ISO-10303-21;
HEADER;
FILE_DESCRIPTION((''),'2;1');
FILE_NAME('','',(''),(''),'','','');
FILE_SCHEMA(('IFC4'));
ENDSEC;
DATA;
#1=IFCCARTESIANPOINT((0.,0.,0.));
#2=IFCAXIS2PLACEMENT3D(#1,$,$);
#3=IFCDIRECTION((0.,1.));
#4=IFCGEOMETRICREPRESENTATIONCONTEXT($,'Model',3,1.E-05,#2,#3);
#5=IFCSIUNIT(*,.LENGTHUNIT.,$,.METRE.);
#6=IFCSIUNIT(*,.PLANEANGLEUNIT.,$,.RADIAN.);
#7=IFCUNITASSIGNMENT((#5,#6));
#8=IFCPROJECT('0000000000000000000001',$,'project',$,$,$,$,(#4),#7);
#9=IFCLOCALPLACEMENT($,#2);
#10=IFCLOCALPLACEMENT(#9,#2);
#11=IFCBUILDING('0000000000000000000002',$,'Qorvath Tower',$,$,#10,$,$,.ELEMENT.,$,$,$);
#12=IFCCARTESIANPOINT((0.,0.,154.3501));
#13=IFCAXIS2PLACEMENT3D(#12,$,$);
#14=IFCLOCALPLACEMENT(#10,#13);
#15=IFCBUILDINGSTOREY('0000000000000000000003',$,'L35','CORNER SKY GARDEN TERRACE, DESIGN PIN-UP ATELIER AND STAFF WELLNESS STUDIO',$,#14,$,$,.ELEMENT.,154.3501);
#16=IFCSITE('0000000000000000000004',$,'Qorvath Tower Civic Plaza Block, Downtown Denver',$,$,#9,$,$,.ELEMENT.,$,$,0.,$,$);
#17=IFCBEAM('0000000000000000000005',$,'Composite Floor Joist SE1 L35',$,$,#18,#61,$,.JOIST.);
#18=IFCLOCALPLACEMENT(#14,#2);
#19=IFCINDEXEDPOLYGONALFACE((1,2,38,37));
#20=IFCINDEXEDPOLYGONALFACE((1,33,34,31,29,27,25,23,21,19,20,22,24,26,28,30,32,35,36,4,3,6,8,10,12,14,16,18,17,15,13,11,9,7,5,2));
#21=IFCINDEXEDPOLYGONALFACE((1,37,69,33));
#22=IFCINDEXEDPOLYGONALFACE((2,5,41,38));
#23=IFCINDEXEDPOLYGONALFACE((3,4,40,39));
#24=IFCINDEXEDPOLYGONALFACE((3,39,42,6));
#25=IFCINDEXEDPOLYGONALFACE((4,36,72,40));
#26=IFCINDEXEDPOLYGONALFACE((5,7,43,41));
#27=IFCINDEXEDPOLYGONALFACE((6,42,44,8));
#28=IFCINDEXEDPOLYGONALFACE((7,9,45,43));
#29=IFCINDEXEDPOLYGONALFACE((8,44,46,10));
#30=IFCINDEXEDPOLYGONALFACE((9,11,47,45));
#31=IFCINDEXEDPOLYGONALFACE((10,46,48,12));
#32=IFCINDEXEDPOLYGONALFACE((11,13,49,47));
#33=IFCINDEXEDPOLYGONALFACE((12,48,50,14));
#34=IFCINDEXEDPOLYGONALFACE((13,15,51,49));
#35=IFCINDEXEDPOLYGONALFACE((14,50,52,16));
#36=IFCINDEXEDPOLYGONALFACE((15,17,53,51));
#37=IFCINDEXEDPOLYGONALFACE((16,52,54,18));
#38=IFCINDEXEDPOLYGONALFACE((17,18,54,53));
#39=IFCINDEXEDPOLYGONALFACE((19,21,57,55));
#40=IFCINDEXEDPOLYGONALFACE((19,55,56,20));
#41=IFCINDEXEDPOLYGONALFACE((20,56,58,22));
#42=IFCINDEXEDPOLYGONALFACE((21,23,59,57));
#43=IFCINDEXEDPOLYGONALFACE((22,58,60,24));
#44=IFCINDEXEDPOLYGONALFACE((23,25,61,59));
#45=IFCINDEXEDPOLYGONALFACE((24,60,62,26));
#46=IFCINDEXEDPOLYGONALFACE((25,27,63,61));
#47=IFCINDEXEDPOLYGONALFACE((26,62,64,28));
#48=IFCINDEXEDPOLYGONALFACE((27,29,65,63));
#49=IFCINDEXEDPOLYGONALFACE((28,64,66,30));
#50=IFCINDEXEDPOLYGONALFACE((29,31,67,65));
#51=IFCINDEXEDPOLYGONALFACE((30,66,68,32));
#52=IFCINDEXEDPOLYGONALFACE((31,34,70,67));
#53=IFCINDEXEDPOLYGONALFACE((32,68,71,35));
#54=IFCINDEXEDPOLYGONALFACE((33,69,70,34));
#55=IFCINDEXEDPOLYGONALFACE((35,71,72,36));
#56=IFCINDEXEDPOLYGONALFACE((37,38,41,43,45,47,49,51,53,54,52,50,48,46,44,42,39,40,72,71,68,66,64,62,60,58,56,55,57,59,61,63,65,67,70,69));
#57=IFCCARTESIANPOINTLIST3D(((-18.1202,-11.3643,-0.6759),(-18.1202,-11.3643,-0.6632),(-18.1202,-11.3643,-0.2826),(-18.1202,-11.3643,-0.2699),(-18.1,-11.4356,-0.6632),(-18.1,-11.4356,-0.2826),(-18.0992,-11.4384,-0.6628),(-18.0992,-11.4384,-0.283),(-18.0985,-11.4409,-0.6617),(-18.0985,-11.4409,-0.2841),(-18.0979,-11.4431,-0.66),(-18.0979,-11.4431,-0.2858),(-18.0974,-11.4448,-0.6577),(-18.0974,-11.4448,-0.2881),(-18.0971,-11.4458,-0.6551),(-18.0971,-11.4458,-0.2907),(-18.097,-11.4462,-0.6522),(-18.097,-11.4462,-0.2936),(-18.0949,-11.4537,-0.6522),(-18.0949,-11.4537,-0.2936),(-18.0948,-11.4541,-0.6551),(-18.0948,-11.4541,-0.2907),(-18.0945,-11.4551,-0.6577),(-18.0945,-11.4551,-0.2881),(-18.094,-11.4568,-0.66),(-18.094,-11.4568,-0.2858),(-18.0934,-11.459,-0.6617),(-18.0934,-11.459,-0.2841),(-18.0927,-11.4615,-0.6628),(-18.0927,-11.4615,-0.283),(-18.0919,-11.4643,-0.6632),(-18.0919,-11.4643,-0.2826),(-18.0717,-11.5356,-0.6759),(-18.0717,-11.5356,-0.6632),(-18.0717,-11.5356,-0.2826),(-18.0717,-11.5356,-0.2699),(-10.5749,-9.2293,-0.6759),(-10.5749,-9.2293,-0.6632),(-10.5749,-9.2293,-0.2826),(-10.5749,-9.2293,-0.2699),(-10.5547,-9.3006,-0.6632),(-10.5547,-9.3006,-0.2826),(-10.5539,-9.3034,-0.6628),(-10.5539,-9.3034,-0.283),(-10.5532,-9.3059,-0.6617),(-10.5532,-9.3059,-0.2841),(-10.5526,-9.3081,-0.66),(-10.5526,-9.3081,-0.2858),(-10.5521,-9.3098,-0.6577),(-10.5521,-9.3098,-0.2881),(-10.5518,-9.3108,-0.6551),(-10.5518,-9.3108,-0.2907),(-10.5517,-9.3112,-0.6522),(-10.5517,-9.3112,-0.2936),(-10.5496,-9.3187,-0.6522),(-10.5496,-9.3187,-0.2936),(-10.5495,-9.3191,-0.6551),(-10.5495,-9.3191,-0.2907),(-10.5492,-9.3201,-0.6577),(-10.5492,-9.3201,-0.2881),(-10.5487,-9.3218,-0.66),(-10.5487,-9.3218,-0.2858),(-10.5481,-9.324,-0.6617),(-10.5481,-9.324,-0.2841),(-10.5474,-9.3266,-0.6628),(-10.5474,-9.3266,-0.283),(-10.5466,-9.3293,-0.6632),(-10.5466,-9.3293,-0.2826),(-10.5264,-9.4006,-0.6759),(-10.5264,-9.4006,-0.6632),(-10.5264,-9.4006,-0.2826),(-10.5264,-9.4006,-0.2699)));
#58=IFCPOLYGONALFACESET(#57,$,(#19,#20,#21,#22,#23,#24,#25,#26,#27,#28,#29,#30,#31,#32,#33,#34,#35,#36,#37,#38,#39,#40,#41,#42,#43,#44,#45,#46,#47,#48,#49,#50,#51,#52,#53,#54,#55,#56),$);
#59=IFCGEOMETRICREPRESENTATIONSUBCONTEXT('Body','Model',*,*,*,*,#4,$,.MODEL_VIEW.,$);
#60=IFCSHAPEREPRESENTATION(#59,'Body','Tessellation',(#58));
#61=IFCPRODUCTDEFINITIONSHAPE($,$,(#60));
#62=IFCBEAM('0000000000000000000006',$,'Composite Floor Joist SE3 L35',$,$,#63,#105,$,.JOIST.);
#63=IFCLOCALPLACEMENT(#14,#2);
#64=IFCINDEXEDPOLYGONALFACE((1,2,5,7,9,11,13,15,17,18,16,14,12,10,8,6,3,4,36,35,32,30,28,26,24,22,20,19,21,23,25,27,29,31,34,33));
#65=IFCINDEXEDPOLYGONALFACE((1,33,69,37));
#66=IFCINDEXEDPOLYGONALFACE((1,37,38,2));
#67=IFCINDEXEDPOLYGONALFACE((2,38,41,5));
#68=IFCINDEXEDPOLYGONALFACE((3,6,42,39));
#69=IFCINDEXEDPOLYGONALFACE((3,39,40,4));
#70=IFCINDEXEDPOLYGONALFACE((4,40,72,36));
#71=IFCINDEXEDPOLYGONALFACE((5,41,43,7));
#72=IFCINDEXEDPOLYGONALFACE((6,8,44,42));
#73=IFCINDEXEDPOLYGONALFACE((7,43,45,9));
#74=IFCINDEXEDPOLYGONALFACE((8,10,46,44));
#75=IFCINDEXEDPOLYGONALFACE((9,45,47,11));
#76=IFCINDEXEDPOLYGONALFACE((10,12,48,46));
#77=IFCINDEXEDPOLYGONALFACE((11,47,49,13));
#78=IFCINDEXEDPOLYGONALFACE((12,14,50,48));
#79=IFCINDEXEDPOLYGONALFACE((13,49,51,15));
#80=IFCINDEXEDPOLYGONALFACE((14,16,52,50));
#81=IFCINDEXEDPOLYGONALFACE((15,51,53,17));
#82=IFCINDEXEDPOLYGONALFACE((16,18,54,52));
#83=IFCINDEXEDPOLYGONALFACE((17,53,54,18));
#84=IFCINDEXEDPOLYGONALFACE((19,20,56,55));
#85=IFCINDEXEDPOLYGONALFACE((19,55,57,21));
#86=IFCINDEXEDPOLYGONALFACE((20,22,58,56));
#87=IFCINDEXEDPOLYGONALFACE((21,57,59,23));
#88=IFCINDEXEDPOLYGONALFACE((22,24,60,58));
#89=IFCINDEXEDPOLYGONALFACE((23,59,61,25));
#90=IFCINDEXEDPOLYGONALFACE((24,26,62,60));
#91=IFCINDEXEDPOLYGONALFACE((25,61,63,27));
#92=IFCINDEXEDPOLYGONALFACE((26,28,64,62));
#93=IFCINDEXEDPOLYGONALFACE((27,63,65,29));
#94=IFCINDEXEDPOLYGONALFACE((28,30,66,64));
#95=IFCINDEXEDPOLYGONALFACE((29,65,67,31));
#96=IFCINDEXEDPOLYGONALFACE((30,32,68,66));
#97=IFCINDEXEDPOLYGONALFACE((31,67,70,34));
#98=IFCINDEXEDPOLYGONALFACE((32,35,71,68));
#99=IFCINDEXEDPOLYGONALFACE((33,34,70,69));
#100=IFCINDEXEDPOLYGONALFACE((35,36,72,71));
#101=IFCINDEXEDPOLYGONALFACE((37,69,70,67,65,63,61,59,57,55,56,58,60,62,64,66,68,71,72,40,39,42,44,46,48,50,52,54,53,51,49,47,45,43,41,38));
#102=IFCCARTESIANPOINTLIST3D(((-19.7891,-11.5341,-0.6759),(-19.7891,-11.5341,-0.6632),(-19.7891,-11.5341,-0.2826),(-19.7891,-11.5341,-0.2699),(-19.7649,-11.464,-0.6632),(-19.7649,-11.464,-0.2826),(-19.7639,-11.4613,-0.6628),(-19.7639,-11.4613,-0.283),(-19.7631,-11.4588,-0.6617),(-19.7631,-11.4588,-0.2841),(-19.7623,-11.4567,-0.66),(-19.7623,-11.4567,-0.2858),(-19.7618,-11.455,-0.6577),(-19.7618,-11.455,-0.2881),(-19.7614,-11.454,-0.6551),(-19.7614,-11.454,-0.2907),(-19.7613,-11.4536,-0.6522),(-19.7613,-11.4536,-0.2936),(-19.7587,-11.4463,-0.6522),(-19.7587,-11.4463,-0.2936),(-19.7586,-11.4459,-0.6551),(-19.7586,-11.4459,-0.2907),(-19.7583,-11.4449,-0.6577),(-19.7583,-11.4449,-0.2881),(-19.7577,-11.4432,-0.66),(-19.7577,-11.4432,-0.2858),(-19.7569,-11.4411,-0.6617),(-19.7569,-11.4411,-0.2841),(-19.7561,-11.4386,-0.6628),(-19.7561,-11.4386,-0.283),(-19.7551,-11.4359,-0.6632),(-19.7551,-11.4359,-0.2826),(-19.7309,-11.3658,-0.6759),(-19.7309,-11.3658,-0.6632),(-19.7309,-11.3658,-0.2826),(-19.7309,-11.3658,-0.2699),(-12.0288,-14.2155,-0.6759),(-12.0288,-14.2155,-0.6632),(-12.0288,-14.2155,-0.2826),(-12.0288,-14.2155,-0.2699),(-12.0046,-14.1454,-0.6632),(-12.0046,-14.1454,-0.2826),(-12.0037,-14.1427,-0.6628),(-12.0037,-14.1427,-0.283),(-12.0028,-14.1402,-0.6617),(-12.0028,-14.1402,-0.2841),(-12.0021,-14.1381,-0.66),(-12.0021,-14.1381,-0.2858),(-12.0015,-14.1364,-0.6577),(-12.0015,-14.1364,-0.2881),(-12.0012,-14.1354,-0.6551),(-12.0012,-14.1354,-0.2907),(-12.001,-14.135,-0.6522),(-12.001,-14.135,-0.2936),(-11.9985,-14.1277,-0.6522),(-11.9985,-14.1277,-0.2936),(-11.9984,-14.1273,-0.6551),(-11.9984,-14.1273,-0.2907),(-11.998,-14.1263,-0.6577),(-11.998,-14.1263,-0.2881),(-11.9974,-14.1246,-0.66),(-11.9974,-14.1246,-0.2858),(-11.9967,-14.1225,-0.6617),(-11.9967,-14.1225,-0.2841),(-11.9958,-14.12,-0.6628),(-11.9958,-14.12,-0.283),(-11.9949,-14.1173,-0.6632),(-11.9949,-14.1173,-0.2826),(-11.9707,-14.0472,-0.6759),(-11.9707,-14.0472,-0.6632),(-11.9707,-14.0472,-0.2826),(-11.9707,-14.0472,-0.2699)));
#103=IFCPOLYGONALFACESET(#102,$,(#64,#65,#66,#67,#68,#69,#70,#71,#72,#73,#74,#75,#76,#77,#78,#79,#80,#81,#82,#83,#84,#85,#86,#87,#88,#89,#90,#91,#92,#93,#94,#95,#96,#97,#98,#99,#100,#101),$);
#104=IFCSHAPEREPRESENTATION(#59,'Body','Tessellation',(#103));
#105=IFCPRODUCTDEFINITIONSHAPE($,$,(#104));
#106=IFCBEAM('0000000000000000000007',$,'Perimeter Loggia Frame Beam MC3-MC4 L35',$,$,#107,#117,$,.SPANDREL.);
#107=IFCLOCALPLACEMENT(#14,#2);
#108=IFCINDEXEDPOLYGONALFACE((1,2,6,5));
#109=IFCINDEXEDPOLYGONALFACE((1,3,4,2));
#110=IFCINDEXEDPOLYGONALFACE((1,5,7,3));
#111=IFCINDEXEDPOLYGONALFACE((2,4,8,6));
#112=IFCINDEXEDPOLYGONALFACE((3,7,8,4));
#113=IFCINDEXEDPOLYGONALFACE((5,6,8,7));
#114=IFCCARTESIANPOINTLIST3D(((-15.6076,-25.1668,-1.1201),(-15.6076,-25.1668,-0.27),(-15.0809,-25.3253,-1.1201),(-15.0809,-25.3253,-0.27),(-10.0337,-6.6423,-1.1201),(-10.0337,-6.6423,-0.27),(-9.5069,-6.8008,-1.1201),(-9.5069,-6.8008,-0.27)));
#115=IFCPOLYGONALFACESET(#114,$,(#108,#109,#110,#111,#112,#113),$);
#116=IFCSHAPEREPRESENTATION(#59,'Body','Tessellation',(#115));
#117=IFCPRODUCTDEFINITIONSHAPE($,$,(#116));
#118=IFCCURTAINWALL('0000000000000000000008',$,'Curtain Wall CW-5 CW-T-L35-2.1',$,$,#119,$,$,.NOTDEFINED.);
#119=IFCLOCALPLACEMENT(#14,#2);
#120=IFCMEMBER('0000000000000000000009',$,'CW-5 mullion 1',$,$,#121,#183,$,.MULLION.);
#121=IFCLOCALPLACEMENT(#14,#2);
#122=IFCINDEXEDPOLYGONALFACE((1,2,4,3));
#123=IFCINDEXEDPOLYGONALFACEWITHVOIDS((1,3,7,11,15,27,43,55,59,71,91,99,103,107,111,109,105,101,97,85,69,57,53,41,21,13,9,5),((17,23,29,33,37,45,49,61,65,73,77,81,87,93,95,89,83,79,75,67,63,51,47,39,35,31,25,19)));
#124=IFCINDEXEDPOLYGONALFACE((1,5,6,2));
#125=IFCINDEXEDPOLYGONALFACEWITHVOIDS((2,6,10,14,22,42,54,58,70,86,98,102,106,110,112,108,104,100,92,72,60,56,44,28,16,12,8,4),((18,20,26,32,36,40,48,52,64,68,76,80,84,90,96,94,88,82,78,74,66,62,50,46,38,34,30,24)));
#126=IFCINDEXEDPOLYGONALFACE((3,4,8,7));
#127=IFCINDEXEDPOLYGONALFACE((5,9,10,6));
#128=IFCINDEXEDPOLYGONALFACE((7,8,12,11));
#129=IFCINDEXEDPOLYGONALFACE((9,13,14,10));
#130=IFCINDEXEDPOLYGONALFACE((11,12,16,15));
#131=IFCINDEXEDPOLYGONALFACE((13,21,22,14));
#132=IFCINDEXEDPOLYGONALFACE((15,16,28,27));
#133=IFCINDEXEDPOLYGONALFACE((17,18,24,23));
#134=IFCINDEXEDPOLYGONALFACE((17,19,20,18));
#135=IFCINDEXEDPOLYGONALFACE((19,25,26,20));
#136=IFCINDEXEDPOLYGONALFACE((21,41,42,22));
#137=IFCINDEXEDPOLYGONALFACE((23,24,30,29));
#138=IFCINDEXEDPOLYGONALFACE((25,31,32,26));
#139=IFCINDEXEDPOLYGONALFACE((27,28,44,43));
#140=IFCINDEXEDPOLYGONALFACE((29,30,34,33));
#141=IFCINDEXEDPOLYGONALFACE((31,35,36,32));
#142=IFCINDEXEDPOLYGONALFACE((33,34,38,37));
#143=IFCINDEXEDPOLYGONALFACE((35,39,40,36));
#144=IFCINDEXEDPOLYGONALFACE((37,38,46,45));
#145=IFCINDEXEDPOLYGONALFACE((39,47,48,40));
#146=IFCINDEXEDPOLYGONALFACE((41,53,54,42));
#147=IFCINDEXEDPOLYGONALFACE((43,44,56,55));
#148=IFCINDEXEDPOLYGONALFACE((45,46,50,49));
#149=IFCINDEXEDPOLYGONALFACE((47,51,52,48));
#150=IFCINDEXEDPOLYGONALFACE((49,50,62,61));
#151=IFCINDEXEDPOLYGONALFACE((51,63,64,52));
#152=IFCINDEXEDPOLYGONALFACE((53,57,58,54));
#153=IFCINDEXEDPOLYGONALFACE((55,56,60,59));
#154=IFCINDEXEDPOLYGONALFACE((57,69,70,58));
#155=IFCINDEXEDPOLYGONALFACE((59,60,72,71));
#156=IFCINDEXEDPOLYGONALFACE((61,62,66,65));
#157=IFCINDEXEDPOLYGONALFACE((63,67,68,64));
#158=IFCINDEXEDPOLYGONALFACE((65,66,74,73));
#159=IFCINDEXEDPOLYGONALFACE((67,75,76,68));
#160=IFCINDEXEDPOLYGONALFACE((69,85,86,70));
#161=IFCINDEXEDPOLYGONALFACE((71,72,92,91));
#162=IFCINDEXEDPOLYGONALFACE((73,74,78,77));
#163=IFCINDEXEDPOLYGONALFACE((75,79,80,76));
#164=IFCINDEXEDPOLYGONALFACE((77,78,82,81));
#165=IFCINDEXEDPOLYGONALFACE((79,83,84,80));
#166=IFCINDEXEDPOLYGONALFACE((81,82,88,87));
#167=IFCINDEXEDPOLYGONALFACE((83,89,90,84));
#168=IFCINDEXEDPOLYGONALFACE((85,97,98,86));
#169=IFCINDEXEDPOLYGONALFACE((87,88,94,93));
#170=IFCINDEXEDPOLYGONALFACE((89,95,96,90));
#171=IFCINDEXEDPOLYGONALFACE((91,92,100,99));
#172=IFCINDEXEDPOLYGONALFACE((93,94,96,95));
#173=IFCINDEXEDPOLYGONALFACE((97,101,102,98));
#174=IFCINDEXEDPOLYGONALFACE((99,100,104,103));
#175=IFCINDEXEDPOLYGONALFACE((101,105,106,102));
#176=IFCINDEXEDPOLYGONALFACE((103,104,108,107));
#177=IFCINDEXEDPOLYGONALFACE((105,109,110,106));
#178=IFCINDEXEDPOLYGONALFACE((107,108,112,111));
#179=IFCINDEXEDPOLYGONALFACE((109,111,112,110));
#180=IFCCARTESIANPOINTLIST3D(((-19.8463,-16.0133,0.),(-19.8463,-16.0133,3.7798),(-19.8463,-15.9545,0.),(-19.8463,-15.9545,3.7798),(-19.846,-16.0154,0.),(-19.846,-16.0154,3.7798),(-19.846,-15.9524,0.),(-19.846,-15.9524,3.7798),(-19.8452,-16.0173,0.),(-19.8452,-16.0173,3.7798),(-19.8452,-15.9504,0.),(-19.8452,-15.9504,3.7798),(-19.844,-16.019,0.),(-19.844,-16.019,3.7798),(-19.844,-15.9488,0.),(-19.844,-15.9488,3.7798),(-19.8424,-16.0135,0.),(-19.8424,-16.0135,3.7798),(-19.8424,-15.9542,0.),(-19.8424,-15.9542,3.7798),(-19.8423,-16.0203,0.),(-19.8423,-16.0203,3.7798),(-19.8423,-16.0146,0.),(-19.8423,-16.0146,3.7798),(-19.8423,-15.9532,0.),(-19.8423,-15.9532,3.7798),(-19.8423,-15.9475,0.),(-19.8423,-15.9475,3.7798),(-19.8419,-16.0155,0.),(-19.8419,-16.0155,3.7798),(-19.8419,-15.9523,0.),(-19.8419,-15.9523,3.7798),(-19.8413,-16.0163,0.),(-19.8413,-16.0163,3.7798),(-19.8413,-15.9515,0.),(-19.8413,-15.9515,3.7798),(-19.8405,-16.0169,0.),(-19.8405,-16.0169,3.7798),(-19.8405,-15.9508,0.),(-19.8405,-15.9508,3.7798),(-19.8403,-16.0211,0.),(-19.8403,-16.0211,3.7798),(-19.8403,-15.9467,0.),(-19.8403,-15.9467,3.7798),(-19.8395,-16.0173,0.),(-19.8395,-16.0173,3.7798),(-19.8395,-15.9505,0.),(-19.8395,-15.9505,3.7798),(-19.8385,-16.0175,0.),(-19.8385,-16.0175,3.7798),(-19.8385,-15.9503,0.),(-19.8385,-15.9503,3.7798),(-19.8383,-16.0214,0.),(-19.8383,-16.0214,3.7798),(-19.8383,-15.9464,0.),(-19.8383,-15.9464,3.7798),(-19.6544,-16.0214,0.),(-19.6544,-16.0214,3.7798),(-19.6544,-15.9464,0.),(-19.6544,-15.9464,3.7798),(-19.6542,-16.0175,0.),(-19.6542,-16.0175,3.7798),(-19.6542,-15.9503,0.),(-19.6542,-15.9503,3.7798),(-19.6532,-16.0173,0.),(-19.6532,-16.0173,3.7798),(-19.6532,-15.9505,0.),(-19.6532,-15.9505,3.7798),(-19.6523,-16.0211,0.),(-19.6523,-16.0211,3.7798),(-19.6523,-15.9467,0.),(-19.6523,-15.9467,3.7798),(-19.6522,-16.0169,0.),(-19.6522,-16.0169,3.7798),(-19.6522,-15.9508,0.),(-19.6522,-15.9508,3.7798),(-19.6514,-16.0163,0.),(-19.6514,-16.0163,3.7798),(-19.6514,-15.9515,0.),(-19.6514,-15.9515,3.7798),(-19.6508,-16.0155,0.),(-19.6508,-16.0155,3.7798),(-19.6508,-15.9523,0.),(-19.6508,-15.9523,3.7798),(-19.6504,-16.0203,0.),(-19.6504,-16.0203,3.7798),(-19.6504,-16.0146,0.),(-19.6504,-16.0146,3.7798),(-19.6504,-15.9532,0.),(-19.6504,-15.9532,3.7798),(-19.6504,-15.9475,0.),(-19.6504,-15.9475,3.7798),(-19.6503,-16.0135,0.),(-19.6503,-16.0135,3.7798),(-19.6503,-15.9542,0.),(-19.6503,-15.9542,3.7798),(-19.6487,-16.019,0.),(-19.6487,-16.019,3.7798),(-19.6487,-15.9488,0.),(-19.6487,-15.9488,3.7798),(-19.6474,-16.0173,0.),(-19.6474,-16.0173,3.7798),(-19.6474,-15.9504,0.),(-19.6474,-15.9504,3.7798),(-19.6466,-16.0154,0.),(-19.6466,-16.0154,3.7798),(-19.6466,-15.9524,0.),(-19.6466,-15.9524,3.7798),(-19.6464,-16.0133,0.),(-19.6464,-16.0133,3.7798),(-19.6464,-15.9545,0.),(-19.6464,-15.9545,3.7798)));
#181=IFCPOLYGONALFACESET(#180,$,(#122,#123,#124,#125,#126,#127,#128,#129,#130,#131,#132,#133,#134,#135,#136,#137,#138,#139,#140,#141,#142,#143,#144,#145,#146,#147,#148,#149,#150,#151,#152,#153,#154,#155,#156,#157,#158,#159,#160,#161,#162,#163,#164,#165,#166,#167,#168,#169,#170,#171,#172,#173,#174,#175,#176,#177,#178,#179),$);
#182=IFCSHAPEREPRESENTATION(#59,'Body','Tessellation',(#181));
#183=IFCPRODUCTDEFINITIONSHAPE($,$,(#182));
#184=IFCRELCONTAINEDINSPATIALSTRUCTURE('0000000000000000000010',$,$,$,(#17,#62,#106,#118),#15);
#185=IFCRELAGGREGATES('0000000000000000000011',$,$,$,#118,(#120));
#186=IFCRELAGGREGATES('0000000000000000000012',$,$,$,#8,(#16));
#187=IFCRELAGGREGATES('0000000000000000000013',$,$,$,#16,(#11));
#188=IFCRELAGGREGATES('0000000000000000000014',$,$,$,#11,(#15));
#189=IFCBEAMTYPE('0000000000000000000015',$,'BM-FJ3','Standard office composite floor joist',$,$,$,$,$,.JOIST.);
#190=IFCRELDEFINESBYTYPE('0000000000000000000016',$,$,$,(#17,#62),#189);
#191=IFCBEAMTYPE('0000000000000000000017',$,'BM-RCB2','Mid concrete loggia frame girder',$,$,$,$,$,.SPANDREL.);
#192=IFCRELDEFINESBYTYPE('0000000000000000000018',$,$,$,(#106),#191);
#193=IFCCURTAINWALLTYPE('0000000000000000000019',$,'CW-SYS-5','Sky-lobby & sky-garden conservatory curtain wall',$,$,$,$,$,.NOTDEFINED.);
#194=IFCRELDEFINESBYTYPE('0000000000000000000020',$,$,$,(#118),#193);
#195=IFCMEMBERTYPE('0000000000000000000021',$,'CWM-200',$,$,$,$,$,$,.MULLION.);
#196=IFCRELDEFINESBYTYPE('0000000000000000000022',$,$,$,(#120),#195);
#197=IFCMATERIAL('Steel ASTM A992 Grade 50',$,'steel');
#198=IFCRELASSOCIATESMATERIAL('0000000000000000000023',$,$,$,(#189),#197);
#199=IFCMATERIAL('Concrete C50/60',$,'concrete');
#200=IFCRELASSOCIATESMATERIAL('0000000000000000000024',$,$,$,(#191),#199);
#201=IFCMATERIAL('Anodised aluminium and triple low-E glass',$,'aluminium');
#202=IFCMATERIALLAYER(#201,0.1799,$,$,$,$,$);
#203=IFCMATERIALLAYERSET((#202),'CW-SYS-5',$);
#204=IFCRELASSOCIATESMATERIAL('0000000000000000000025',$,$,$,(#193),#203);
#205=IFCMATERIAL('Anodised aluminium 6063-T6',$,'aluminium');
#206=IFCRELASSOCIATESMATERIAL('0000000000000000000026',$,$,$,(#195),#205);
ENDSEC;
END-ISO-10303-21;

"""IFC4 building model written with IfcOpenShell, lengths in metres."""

from ifc_helpers import new_model, si_unit, direction, frame, origin, origin_2d, place, context, subcontext, project, spatial, rectangle, hollow_rectangle, i_section, extrude, material, layer, layer_set, material_profile, profile_set, type_object, element, aggregate, save


model = new_model("IFC4")

# Units and contexts
model_context = context("Model", 3, precision=1e-05, world=origin(), true_north=direction((0.0, 1.0)))
body_context = subcontext(model_context, "Body", "Model", "MODEL_VIEW")
ifc_project = project(units=[si_unit("LENGTHUNIT", "METRE"), si_unit("PLANEANGLEUNIT", "RADIAN")], contexts=[model_context])

# Site, building, storey
site_placement = place(None, origin())
site = spatial("IfcSite", under=ifc_project, at=site_placement, Name="Qorvath Tower Civic Plaza Block, Downtown Denver", CompositionType="ELEMENT", RefElevation=0.0)
building_placement = place(site_placement, origin())
building = spatial("IfcBuilding", under=site, at=building_placement, Name="Qorvath Tower", CompositionType="ELEMENT")
storey_placement = place(building_placement, frame((0.0, 0.0, 154.3501)))
storey = spatial("IfcBuildingStorey", under=building, at=storey_placement, Name="L35", Description="CORNER SKY GARDEN TERRACE, DESIGN PIN-UP ATELIER AND STAFF WELLNESS STUDIO", CompositionType="ELEMENT", Elevation=154.3501)

# Beams
ifc_material_1 = material(Name="Steel ASTM A992 Grade 50", Category="steel")
ifc_material_profile_1 = material_profile(ifc_material_1, i_section(OverallWidth=0.178, OverallDepth=0.406, WebThickness=0.0078, FlangeThickness=0.0127, FilletRadius=0.011, at=origin_2d()), Name="W16x40")
ifc_profile_set_1 = profile_set([ifc_material_profile_1], Name="Steel ASTM A992 Grade 50")
beam_type_1 = type_object("IfcBeamType", Name="BM-FJ3", Description="Standard office composite floor joist", PredefinedType="JOIST", material=ifc_profile_set_1)
beam_1_placement = place(storey_placement, frame((-18.0959, -11.45, -0.4729), z_axis=(0.962222, 0.272265, 0.0), x_axis=(-0.272265, 0.962222, 0.0)))
element("IfcBeam", 1, at=beam_1_placement, inside=storey, type_object=beam_type_1, Name="Composite Floor Joist SE1 L35", PredefinedType="JOIST", context=body_context, shape_type="SweptSolid", body=[
    extrude(i_section(OverallWidth=0.178, OverallDepth=0.406, WebThickness=0.0078, FlangeThickness=0.0127, FilletRadius=0.011, at=origin_2d()), origin(), (0.0, 0.0, 1.0), 7.8416),
])
beam_2_placement = place(storey_placement, frame((-19.76, -11.45, -0.4729), z_axis=(0.945168, -0.326584, 0.0), x_axis=(0.326584, 0.945168, 0.0)))
element("IfcBeam", 2, at=beam_2_placement, inside=storey, type_object=beam_type_1, Name="Composite Floor Joist SE3 L35", PredefinedType="JOIST", context=body_context, shape_type="SweptSolid", body=[
    extrude(i_section(OverallWidth=0.178, OverallDepth=0.406, WebThickness=0.0078, FlangeThickness=0.0127, FilletRadius=0.011, at=origin_2d()), origin(), (0.0, 0.0, 1.0), 8.2104),
])
ifc_material_2 = material(Name="Concrete C50/60", Category="concrete")
ifc_material_profile_2 = material_profile(ifc_material_2, rectangle(XDim=0.55, YDim=0.8501, at=origin_2d()), Name="RCB 850x550")
ifc_profile_set_2 = profile_set([ifc_material_profile_2], Name="Concrete C50/60")
beam_type_2 = type_object("IfcBeamType", Name="BM-RCB2", Description="Mid concrete loggia frame girder", PredefinedType="SPANDREL", material=ifc_profile_set_2)
beam_3_placement = place(storey_placement, frame((-15.3442, -25.2461, -0.6951), z_axis=(0.288134, 0.95759, 0.0), x_axis=(-0.95759, 0.288134, 0.0)))
element("IfcBeam", 3, at=beam_3_placement, inside=storey, type_object=beam_type_2, Name="Perimeter Loggia Frame Beam MC3-MC4 L35", PredefinedType="SPANDREL", context=body_context, shape_type="SweptSolid", body=[
    extrude(rectangle(XDim=0.55, YDim=0.8501, at=origin_2d()), origin(), (0.0, 0.0, 1.0), 19.345),
])

# Curtain wall, member
ifc_material_3 = material(Name="Anodised aluminium and triple low-E glass", Category="aluminium")
ifc_layer_1 = layer(ifc_material_3, 0.1799)
ifc_layer_set_1 = layer_set([ifc_layer_1], Name="CW-SYS-5")
curtain_wall_type = type_object("IfcCurtainWallType", Name="CW-SYS-5", Description="Sky-lobby & sky-garden conservatory curtain wall", PredefinedType="NOTDEFINED", material=ifc_layer_set_1)
curtain_wall_1_placement = place(storey_placement, origin())
curtain_wall_1 = element("IfcCurtainWall", 4, at=curtain_wall_1_placement, inside=storey, type_object=curtain_wall_type, Name="Curtain Wall CW-5 CW-T-L35-2.1", PredefinedType="NOTDEFINED")
ifc_material_4 = material(Name="Anodised aluminium 6063-T6", Category="aluminium")
ifc_material_profile_3 = material_profile(ifc_material_4, hollow_rectangle(XDim=0.075, YDim=0.2, WallThickness=0.0039, InnerFilletRadius=0.0039, OuterFilletRadius=0.0081, at=origin_2d()), Name="CWM 200x75")
ifc_profile_set_3 = profile_set([ifc_material_profile_3], Name="Anodised aluminium 6063-T6")
member_type_1 = type_object("IfcMemberType", Name="CWM-200", PredefinedType="MULLION", material=ifc_profile_set_3)
member_1_placement = place(storey_placement, frame((-19.7463, -15.9839, 0.0), z_axis=(0.0, 0.0, 1.0), x_axis=(0.0, 1.0, 0.0)))
member_1 = element("IfcMember", 5, at=member_1_placement, type_object=member_type_1, Name="CW-5 mullion 1", PredefinedType="MULLION", context=body_context, shape_type="SweptSolid", body=[
    extrude(hollow_rectangle(XDim=0.075, YDim=0.2, WallThickness=0.0039, InnerFilletRadius=0.0039, OuterFilletRadius=0.0081, at=origin_2d()), origin(), (0.0, 0.0, 1.0), 3.7798),
])

aggregate(curtain_wall_1, [member_1])

save(model, "model.ifc")
